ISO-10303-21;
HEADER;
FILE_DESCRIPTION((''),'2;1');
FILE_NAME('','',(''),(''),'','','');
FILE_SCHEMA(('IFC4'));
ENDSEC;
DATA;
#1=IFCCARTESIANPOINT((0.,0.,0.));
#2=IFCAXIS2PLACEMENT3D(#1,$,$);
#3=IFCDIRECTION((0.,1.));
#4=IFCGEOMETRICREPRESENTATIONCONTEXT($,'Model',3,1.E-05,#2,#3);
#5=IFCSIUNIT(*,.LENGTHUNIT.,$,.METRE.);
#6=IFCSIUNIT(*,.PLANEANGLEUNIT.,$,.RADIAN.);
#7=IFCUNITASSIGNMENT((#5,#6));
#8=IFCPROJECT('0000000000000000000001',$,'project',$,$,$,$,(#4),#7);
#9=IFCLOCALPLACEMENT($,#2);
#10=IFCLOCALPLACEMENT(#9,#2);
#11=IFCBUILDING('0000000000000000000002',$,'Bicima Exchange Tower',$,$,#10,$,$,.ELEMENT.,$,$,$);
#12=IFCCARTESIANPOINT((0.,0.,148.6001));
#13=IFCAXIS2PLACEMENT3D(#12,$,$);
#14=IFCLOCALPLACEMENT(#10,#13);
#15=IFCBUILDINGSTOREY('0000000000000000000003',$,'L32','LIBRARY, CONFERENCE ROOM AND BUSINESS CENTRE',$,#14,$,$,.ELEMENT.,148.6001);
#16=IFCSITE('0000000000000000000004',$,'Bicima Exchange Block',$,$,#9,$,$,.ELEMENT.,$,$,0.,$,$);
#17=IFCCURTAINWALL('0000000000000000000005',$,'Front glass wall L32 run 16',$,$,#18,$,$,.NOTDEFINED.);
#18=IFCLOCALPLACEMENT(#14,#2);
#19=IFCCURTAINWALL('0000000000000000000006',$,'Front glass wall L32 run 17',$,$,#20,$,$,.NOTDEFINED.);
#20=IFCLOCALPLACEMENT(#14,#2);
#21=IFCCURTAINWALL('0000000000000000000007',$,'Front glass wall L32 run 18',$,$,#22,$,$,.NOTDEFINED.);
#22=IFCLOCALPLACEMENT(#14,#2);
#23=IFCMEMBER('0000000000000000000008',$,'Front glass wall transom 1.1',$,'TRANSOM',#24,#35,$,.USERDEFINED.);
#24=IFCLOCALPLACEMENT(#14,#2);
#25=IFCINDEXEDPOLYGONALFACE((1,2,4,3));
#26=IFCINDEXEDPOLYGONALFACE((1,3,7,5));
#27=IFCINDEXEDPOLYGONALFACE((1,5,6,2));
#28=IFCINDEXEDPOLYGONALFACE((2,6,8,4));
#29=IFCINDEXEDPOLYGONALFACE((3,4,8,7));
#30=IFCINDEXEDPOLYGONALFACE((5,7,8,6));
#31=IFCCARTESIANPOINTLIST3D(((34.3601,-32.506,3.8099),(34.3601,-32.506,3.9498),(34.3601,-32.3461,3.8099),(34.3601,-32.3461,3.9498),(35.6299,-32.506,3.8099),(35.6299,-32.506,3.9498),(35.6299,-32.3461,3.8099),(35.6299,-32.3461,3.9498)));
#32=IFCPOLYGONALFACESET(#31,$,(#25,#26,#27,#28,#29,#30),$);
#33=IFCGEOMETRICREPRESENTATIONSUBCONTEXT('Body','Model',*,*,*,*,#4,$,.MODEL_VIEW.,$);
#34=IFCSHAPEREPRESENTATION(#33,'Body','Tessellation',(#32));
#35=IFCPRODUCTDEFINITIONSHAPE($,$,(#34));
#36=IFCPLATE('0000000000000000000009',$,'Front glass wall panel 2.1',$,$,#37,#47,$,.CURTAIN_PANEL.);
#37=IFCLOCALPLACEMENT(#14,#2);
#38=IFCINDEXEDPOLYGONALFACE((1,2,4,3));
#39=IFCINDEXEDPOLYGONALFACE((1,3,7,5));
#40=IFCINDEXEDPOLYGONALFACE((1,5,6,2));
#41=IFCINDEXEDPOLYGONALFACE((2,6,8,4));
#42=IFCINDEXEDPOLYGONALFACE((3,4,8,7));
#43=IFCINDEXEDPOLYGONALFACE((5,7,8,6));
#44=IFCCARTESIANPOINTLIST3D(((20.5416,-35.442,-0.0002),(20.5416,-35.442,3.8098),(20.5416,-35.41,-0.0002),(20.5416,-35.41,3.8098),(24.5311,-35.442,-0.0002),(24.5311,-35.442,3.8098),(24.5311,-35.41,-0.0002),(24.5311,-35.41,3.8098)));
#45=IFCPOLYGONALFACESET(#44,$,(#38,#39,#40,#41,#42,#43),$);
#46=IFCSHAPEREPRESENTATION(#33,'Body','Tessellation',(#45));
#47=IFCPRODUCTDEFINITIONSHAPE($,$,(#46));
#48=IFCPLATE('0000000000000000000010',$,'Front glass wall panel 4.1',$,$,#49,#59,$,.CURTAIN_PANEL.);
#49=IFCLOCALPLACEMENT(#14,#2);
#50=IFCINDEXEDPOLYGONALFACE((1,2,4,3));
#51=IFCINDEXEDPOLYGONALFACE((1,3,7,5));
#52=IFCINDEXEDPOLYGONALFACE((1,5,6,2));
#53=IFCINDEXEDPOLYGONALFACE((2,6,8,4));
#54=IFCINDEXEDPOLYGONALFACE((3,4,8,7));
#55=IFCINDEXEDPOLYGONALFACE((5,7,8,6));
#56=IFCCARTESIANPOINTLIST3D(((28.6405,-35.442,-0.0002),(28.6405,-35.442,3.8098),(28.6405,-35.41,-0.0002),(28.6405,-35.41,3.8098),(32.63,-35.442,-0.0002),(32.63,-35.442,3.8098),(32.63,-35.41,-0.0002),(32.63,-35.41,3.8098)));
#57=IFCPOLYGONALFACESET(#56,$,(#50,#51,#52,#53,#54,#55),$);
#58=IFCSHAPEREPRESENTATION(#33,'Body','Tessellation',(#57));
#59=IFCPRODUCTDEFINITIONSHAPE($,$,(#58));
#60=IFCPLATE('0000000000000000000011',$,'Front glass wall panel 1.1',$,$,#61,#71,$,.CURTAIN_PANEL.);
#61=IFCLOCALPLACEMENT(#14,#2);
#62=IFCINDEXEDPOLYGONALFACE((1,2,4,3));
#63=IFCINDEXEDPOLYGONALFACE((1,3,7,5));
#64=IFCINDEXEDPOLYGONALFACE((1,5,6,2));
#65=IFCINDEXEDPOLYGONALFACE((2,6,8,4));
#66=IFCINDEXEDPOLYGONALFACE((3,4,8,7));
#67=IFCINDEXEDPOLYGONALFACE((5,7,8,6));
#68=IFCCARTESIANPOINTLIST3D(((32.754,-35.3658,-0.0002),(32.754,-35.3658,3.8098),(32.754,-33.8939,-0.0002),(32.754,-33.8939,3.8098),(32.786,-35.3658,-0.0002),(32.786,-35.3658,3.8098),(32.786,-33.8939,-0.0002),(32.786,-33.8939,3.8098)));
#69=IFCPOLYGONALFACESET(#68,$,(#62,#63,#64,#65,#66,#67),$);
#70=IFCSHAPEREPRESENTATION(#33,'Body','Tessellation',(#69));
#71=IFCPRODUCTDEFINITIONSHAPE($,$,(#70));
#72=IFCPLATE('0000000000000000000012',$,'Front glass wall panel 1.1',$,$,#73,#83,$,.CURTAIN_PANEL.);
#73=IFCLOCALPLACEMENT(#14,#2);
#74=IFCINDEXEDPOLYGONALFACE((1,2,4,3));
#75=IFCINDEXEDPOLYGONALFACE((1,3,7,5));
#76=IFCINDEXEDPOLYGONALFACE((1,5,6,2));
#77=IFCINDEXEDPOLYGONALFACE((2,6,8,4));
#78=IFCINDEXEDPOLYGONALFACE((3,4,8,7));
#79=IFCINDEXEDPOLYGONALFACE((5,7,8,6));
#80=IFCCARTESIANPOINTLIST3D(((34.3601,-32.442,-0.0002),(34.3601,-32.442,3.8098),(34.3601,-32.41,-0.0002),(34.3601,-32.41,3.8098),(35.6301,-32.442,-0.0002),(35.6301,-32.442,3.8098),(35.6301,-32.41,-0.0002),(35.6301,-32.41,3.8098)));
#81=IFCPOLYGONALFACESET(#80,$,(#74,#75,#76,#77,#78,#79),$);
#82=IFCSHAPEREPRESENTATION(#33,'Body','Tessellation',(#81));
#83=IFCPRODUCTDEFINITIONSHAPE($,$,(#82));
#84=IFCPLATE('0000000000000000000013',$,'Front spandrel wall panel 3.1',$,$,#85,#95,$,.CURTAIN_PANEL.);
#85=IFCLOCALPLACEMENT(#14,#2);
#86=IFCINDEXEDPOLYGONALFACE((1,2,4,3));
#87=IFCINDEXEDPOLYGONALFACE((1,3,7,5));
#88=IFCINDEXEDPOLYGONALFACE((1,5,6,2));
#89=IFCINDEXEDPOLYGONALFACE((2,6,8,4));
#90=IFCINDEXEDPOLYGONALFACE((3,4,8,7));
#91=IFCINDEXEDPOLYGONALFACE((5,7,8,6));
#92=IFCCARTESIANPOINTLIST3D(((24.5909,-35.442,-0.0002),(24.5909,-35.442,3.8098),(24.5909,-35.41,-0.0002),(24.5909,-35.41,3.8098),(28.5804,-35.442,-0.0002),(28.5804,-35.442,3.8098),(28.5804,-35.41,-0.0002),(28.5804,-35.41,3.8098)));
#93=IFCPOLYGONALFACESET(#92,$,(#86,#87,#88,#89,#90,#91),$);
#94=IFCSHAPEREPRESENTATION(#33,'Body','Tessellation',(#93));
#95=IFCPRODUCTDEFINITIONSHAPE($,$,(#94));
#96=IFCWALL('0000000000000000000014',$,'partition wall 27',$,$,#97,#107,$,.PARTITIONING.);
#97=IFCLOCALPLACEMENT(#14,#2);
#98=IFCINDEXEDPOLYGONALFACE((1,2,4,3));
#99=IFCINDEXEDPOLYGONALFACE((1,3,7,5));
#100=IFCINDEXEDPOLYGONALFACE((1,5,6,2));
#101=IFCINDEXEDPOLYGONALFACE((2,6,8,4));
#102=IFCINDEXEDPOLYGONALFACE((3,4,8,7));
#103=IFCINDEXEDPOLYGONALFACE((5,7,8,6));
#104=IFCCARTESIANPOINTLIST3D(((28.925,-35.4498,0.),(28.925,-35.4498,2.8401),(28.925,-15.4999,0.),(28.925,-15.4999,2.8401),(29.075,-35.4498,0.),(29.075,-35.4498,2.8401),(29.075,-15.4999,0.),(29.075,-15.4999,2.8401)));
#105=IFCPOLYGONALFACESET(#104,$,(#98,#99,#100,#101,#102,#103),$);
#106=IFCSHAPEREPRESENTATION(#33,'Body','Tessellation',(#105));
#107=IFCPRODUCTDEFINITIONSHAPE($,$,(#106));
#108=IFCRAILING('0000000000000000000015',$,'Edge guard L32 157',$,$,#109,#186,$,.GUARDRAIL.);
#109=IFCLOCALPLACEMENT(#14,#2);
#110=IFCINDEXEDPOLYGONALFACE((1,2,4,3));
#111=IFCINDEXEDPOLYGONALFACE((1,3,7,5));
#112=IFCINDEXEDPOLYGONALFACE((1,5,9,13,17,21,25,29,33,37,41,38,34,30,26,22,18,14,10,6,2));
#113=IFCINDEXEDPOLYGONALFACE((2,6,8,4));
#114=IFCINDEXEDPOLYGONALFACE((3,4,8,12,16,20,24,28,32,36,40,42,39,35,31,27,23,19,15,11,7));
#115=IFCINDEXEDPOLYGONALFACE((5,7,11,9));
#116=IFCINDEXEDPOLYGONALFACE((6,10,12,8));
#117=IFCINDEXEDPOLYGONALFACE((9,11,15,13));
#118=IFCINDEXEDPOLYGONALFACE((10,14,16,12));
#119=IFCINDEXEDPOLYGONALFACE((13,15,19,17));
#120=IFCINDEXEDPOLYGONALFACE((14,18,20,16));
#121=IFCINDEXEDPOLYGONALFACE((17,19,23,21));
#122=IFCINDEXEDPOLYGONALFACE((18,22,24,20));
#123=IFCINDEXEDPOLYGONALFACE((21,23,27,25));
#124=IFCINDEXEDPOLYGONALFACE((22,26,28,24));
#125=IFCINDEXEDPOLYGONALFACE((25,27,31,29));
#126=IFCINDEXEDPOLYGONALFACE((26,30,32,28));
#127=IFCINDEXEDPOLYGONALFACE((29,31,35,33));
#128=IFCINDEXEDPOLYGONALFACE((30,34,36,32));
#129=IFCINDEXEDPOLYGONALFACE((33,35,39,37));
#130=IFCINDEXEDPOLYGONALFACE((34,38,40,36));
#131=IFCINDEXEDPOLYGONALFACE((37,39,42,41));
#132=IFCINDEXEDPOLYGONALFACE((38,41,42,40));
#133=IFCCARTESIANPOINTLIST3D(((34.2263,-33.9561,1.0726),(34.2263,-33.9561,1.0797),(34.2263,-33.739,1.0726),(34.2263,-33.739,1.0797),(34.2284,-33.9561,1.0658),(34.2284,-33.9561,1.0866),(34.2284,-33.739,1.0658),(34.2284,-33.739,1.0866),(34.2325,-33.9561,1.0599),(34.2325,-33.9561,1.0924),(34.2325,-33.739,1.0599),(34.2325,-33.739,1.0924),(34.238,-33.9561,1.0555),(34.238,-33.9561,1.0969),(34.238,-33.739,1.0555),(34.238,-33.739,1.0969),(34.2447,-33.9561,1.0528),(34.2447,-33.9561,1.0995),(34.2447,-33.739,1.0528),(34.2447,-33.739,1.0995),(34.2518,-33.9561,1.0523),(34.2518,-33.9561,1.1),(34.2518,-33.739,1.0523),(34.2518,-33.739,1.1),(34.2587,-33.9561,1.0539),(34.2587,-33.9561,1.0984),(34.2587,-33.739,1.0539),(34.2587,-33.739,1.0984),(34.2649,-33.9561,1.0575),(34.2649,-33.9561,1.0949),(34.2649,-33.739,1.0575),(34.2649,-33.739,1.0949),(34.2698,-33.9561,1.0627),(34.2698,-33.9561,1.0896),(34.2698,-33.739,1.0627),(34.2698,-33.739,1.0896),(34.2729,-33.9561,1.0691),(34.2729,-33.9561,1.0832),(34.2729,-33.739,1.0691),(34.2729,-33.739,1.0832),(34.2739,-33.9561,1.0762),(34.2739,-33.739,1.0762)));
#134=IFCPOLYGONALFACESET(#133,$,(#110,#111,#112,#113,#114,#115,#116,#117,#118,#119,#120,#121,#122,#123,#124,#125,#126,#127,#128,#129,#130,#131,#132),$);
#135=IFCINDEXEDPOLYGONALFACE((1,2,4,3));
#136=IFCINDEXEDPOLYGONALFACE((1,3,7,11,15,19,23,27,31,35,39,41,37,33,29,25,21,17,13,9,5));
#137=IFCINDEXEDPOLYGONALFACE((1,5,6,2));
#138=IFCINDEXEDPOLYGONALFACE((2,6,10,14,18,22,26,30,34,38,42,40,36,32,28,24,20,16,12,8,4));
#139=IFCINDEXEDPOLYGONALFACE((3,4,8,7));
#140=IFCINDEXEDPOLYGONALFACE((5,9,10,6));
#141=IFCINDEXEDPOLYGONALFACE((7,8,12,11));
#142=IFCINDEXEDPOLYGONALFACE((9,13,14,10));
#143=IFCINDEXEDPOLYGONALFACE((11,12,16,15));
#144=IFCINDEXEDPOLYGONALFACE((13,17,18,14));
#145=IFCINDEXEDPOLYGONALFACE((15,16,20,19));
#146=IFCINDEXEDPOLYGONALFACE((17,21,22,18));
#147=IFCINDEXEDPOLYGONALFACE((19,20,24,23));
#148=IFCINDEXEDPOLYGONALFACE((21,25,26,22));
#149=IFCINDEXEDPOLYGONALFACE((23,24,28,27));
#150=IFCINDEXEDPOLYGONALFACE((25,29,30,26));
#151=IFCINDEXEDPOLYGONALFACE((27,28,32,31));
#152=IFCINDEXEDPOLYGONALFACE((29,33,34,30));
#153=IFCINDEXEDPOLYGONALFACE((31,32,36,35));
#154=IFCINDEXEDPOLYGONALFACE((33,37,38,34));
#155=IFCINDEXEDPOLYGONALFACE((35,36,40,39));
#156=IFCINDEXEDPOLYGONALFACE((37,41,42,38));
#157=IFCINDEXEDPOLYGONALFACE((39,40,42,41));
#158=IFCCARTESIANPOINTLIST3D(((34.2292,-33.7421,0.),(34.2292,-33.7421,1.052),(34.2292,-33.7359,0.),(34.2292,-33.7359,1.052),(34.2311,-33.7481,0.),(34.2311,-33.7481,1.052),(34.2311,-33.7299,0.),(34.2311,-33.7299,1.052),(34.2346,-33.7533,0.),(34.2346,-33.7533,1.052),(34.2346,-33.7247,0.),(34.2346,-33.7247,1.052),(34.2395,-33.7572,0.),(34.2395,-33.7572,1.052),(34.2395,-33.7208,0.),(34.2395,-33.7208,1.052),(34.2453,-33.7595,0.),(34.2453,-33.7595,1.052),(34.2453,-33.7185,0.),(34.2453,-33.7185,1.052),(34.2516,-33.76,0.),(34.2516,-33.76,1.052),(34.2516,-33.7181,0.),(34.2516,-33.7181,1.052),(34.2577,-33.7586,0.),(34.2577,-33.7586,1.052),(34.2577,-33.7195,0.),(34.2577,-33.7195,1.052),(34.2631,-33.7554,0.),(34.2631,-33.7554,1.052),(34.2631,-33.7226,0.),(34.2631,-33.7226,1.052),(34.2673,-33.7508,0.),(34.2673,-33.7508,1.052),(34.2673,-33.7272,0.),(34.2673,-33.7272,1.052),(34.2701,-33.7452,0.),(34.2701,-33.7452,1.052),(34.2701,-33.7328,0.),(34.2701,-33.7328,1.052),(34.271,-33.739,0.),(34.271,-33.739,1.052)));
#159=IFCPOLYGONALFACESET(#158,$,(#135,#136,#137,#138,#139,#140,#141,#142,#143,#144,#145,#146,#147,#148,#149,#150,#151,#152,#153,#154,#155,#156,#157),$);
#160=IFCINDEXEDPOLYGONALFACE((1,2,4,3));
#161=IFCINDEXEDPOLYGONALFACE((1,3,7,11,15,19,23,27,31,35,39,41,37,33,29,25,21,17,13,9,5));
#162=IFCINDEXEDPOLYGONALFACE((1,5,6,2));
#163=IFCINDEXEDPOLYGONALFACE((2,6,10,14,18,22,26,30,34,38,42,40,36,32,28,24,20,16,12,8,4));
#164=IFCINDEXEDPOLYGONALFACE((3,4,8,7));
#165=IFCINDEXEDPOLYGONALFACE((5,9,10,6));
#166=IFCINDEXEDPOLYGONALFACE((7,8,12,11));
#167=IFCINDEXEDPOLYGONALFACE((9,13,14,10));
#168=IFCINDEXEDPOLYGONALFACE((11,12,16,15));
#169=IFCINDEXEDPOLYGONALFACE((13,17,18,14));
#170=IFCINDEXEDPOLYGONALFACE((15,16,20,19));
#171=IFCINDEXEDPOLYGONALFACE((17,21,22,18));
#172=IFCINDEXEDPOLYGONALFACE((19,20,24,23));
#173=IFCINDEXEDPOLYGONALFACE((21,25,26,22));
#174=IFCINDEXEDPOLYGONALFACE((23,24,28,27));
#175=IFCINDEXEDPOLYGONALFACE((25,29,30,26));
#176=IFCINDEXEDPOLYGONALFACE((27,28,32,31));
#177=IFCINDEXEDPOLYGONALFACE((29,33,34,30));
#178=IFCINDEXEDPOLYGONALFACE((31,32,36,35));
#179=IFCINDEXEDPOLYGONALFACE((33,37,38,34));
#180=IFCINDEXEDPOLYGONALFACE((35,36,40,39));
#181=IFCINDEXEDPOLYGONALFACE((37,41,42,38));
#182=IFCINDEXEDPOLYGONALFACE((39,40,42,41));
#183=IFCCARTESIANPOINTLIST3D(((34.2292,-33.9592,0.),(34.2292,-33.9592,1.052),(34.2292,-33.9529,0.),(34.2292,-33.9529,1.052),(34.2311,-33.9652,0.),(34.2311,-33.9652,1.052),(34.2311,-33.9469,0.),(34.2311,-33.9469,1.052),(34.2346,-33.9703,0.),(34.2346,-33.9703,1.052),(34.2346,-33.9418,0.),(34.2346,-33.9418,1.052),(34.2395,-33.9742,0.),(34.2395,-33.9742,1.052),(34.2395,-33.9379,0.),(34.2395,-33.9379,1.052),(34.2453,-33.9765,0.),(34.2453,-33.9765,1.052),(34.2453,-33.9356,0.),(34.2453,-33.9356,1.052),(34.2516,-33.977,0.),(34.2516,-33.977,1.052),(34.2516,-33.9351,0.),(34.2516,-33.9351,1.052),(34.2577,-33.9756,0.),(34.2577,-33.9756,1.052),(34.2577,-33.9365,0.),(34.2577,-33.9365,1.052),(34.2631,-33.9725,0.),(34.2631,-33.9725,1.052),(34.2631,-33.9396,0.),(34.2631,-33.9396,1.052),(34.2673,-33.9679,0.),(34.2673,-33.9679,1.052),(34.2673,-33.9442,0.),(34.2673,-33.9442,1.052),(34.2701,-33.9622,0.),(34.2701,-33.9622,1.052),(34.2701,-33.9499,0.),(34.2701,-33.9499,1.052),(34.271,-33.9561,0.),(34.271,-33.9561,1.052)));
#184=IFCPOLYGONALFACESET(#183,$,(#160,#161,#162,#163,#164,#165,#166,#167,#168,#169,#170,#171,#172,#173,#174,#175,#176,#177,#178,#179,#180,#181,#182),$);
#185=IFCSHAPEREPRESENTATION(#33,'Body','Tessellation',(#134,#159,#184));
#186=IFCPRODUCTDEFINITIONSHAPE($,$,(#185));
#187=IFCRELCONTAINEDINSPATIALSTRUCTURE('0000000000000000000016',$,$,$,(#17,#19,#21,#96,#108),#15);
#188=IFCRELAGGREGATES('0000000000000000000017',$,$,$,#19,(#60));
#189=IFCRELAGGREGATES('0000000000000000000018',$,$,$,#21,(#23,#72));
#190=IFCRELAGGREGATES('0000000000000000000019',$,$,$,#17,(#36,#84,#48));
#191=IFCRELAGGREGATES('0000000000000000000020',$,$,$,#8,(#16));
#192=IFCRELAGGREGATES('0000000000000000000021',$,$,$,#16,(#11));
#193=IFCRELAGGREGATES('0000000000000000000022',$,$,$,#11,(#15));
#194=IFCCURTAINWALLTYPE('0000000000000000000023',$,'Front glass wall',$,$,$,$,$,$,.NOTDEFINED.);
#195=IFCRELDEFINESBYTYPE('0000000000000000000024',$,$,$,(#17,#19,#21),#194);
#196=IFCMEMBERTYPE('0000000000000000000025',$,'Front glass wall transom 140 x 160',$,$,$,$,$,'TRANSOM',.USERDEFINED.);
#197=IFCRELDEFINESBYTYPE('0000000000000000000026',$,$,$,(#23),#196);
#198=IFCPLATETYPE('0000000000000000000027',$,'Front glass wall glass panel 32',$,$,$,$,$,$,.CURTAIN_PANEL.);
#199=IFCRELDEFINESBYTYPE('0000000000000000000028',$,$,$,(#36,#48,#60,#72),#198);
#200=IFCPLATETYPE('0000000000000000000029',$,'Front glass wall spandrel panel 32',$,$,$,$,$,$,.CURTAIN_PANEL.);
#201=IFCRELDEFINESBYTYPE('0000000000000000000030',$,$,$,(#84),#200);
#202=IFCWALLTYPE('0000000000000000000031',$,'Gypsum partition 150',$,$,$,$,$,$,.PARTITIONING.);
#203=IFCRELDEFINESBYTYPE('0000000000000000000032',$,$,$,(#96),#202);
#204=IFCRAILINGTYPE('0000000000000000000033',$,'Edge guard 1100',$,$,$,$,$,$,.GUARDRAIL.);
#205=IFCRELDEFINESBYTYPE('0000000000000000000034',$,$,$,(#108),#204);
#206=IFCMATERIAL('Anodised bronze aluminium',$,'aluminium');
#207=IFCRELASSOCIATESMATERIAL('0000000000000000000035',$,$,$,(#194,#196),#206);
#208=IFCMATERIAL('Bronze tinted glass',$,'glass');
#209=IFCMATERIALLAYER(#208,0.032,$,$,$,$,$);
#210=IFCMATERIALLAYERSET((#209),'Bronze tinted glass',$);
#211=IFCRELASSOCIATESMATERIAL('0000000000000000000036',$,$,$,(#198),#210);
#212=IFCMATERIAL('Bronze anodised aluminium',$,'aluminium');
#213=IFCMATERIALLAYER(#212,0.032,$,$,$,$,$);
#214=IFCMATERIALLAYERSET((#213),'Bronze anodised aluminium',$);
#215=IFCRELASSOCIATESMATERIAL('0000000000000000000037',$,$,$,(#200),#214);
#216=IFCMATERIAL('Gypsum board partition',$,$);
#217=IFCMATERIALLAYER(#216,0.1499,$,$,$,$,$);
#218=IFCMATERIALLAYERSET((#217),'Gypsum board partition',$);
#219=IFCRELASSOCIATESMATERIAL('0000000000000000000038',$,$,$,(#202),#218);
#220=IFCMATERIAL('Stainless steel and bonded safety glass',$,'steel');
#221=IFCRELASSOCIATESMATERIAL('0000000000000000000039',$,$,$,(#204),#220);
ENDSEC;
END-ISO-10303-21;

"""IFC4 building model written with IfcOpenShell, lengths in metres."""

from ifc_helpers import new_model, si_unit, direction, frame, frame_2d, origin, origin_2d, place, context, subcontext, project, spatial, rectangle, circle, extrude, material, layer, layer_set, material_profile, profile_set, type_object, element, aggregate, save


model = new_model("IFC4")

# Units and contexts
model_context = context("Model", 3, precision=1e-05, world=origin(), true_north=direction((0.0, 1.0)))
body_context = subcontext(model_context, "Body", "Model", "MODEL_VIEW")
ifc_project = project(units=[si_unit("LENGTHUNIT", "METRE"), si_unit("PLANEANGLEUNIT", "RADIAN")], contexts=[model_context])

# Site, building, storey
site_placement = place(None, origin())
site = spatial("IfcSite", under=ifc_project, at=site_placement, Name="Bicima Exchange Block", CompositionType="ELEMENT", RefElevation=0.0)
building_placement = place(site_placement, origin())
building = spatial("IfcBuilding", under=site, at=building_placement, Name="Bicima Exchange Tower", CompositionType="ELEMENT")
storey_placement = place(building_placement, frame((0.0, 0.0, 148.6001)))
storey = spatial("IfcBuildingStorey", under=building, at=storey_placement, Name="L32", Description="LIBRARY, CONFERENCE ROOM AND BUSINESS CENTRE", CompositionType="ELEMENT", Elevation=148.6001)

# Curtain walls
ifc_material_1 = material(Name="Anodised bronze aluminium", Category="aluminium")
curtain_wall_type = type_object("IfcCurtainWallType", Name="Front glass wall", PredefinedType="NOTDEFINED", material=ifc_material_1)
curtain_wall_1_placement = place(storey_placement, origin())
curtain_wall_1 = element("IfcCurtainWall", 1, at=curtain_wall_1_placement, inside=storey, type_object=curtain_wall_type, Name="Front glass wall L32 run 16", PredefinedType="NOTDEFINED")
curtain_wall_2_placement = place(storey_placement, origin())
curtain_wall_2 = element("IfcCurtainWall", 2, at=curtain_wall_2_placement, inside=storey, type_object=curtain_wall_type, Name="Front glass wall L32 run 17", PredefinedType="NOTDEFINED")

# Curtain wall
curtain_wall_3_placement = place(storey_placement, origin())
curtain_wall_3 = element("IfcCurtainWall", 3, at=curtain_wall_3_placement, inside=storey, type_object=curtain_wall_type, Name="Front glass wall L32 run 18", PredefinedType="NOTDEFINED")

# Member
ifc_material_profile_1 = material_profile(ifc_material_1, rectangle(XDim=0.1599, YDim=0.1399, at=origin_2d()))
ifc_profile_set_1 = profile_set([ifc_material_profile_1], Name="Anodised bronze aluminium")
member_type_1 = type_object("IfcMemberType", Name="Front glass wall transom 140 x 160", ElementType="TRANSOM", PredefinedType="USERDEFINED", material=ifc_profile_set_1)
member_1_placement = place(storey_placement, frame((34.3601, -32.426, 3.8799), z_axis=(1.0, 0.0, 0.0), x_axis=(0.0, 1.0, 0.0)))
member_1 = element("IfcMember", 4, at=member_1_placement, type_object=member_type_1, Name="Front glass wall transom 1.1", ObjectType="TRANSOM", PredefinedType="USERDEFINED", context=body_context, shape_type="SweptSolid", body=[
    extrude(rectangle(XDim=0.1599, YDim=0.1399, at=origin_2d()), origin(), (0.0, 0.0, 1.0), 1.2698),
])

# Plates
ifc_material_2 = material(Name="Bronze tinted glass", Category="glass")
ifc_layer_1 = layer(ifc_material_2, 0.032)
ifc_layer_set_1 = layer_set([ifc_layer_1], Name="Bronze tinted glass")
plate_type_1 = type_object("IfcPlateType", Name="Front glass wall glass panel 32", PredefinedType="CURTAIN_PANEL", material=ifc_layer_set_1)
plate_1_placement = place(storey_placement, frame((22.5364, -35.426, -0.0002), z_axis=(0.0, 0.0, 1.0), x_axis=(1.0, 0.0, 0.0)))
plate_1 = element("IfcPlate", 5, at=plate_1_placement, type_object=plate_type_1, Name="Front glass wall panel 2.1", PredefinedType="CURTAIN_PANEL", context=body_context, shape_type="SweptSolid", body=[
    extrude(rectangle(XDim=3.9895, YDim=0.032, at=origin_2d()), origin(), (0.0, 0.0, 1.0), 3.8101),
])
plate_2_placement = place(storey_placement, frame((30.6353, -35.426, -0.0002), z_axis=(0.0, 0.0, 1.0), x_axis=(1.0, 0.0, 0.0)))
plate_2 = element("IfcPlate", 6, at=plate_2_placement, type_object=plate_type_1, Name="Front glass wall panel 4.1", PredefinedType="CURTAIN_PANEL", context=body_context, shape_type="SweptSolid", body=[
    extrude(rectangle(XDim=3.9895, YDim=0.032, at=origin_2d()), origin(), (0.0, 0.0, 1.0), 3.8101),
])
plate_3_placement = place(storey_placement, frame((32.77, -34.6299, -0.0002), z_axis=(0.0, 0.0, 1.0), x_axis=(0.0, 1.0, 0.0)))
plate_3 = element("IfcPlate", 7, at=plate_3_placement, type_object=plate_type_1, Name="Front glass wall panel 1.1", PredefinedType="CURTAIN_PANEL", context=body_context, shape_type="SweptSolid", body=[
    extrude(rectangle(XDim=1.4719, YDim=0.032, at=origin_2d()), origin(), (0.0, 0.0, 1.0), 3.8101),
])
aggregate(curtain_wall_2, [plate_3])
plate_4_placement = place(storey_placement, frame((34.9951, -32.426, -0.0002), z_axis=(0.0, 0.0, 1.0), x_axis=(1.0, 0.0, 0.0)))
plate_4 = element("IfcPlate", 8, at=plate_4_placement, type_object=plate_type_1, Name="Front glass wall panel 1.1", PredefinedType="CURTAIN_PANEL", context=body_context, shape_type="SweptSolid", body=[
    extrude(rectangle(XDim=1.27, YDim=0.032, at=origin_2d()), origin(), (0.0, 0.0, 1.0), 3.8101),
])
aggregate(curtain_wall_3, [member_1, plate_4])
ifc_material_3 = material(Name="Bronze anodised aluminium", Category="aluminium")
ifc_layer_2 = layer(ifc_material_3, 0.032)
ifc_layer_set_2 = layer_set([ifc_layer_2], Name="Bronze anodised aluminium")
plate_type_2 = type_object("IfcPlateType", Name="Front glass wall spandrel panel 32", PredefinedType="CURTAIN_PANEL", material=ifc_layer_set_2)
plate_5_placement = place(storey_placement, frame((26.5857, -35.426, -0.0002), z_axis=(0.0, 0.0, 1.0), x_axis=(1.0, 0.0, 0.0)))
plate_5 = element("IfcPlate", 9, at=plate_5_placement, type_object=plate_type_2, Name="Front spandrel wall panel 3.1", PredefinedType="CURTAIN_PANEL", context=body_context, shape_type="SweptSolid", body=[
    extrude(rectangle(XDim=3.9895, YDim=0.032, at=origin_2d()), origin(), (0.0, 0.0, 1.0), 3.8101),
])
aggregate(curtain_wall_1, [plate_1, plate_5, plate_2])

# Wall
ifc_material_4 = material(Name="Gypsum board partition")
ifc_layer_3 = layer(ifc_material_4, 0.1499)
ifc_layer_set_3 = layer_set([ifc_layer_3], Name="Gypsum board partition")
wall_type = type_object("IfcWallType", Name="Gypsum partition 150", PredefinedType="PARTITIONING", material=ifc_layer_set_3)
wall_placement = place(storey_placement, frame((29.0, -35.45, 0.0), z_axis=(0.0, 0.0, 1.0), x_axis=(0.0, 1.0, 0.0)))
element("IfcWall", 10, at=wall_placement, inside=storey, type_object=wall_type, Name="partition wall 27", PredefinedType="PARTITIONING", context=body_context, shape_type="SweptSolid", body=[
    extrude(rectangle(XDim=19.95, YDim=0.1499, at=frame_2d((9.9751, 0.0))), origin(), (0.0, 0.0, 1.0), 2.8401),
])

# Railing
ifc_material_5 = material(Name="Stainless steel and bonded safety glass", Category="steel")
railing_type = type_object("IfcRailingType", Name="Edge guard 1100", PredefinedType="GUARDRAIL", material=ifc_material_5)
railing_1_placement = place(storey_placement, frame((34.25, -33.739, 0.0)))
element("IfcRailing", 11, at=railing_1_placement, inside=storey, type_object=railing_type, Name="Edge guard L32 157", PredefinedType="GUARDRAIL", context=body_context, shape_type="SweptSolid", body=[
    extrude(circle(Radius=0.0239, at=origin_2d()), frame((0.0, 0.0, 1.0762), z_axis=(0.0, -1.0, 0.0), x_axis=(1.0, 0.0, 0.0)), (0.0, 0.0, 1.0), 0.217),
    extrude(circle(Radius=0.021, at=origin_2d()), origin(), (0.0, 0.0, 1.0), 1.052),
    extrude(circle(Radius=0.021, at=origin_2d()), frame((0.0, -0.217, 0.0)), (0.0, 0.0, 1.0), 1.052),
])

save(model, "model.ifc")
